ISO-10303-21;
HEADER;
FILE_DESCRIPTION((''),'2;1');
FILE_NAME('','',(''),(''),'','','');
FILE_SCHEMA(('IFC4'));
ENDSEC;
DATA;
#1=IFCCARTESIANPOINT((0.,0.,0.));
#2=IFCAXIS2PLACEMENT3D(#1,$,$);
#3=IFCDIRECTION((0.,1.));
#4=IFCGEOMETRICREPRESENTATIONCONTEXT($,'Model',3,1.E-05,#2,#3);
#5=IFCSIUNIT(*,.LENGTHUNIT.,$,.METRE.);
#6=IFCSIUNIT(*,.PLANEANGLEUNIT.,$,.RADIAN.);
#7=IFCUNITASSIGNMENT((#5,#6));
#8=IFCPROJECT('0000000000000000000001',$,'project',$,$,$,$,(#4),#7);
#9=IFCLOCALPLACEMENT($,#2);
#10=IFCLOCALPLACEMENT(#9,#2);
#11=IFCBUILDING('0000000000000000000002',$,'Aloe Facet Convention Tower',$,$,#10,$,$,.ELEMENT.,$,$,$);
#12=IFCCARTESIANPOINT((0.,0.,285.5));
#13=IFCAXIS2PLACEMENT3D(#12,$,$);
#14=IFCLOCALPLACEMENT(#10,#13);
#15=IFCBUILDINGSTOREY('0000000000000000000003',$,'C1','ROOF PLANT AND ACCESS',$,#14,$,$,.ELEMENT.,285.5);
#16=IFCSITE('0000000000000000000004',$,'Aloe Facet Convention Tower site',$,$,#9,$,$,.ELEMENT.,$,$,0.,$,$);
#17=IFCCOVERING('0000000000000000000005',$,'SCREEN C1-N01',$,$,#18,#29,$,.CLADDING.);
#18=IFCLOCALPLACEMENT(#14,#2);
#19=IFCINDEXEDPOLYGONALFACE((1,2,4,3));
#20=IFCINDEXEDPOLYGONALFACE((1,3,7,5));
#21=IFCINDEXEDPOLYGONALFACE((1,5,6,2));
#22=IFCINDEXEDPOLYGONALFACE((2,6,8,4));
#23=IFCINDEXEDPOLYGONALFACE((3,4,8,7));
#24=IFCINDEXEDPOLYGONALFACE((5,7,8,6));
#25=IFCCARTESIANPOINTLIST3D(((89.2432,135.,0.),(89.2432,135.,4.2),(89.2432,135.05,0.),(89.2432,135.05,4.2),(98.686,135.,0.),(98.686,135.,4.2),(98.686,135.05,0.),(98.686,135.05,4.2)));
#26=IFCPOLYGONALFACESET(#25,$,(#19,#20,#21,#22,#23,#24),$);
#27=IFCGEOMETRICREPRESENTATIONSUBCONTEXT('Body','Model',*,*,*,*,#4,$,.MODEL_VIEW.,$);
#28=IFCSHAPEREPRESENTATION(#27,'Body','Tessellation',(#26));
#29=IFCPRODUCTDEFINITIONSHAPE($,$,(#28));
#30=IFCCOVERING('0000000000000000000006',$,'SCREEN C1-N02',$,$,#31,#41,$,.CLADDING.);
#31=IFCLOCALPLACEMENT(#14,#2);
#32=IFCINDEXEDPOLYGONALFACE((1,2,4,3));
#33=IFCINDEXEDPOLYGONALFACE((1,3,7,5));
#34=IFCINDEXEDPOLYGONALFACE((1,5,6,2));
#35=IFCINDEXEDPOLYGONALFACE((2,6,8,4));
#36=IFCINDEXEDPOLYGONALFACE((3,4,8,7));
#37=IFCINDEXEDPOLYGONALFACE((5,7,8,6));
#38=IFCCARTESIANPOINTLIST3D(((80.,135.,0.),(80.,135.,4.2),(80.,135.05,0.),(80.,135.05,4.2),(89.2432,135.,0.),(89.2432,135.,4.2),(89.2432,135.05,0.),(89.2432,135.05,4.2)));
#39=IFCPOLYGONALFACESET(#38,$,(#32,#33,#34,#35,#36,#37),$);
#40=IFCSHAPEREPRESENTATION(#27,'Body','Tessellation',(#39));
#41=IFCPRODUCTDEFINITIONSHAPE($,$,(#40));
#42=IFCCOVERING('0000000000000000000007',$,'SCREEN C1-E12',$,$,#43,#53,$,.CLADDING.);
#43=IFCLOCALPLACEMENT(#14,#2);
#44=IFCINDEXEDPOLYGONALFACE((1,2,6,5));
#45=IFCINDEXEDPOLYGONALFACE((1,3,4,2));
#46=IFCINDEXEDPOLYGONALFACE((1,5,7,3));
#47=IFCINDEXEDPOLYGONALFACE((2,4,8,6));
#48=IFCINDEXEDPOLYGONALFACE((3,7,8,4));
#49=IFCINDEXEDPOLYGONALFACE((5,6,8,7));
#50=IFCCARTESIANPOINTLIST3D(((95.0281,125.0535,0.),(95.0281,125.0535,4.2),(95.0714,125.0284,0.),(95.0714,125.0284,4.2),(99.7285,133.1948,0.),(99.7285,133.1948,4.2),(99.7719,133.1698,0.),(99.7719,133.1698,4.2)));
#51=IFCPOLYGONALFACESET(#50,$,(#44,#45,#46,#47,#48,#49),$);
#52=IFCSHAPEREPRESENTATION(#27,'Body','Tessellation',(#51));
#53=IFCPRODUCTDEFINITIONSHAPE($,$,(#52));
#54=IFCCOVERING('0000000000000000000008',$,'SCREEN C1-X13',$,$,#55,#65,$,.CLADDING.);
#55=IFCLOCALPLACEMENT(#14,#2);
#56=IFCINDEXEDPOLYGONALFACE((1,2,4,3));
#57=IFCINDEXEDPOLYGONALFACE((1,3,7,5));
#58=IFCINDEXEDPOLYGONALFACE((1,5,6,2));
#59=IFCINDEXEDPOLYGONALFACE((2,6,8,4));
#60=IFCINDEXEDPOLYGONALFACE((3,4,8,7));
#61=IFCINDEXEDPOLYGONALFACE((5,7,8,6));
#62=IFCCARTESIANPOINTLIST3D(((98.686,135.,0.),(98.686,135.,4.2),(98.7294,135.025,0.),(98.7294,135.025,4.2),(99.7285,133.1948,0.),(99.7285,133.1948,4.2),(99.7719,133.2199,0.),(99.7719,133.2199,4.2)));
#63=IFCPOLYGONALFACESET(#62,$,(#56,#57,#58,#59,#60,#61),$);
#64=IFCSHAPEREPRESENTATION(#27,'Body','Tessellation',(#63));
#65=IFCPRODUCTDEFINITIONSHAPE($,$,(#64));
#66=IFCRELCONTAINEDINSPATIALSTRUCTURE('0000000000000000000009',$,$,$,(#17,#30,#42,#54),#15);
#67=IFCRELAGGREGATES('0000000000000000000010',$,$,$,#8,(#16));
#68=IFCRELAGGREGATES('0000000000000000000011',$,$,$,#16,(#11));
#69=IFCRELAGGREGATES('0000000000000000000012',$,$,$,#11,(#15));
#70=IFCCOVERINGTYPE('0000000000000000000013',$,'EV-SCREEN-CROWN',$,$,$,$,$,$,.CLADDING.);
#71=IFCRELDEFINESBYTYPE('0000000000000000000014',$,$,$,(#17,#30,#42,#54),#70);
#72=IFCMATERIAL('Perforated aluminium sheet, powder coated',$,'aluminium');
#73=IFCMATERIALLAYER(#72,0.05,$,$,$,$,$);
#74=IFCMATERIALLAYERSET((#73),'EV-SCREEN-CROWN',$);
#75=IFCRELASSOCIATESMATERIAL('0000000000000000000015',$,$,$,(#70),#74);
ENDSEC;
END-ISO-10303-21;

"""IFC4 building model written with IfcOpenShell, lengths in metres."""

from ifc_helpers import new_model, si_unit, direction, frame, origin, place, context, subcontext, project, spatial, polyline, outline, extrude, material, layer, layer_set, type_object, element, save


model = new_model("IFC4")

# Units and contexts
model_context = context("Model", 3, precision=1e-05, world=origin(), true_north=direction((0.0, 1.0)))
body_context = subcontext(model_context, "Body", "Model", "MODEL_VIEW")
ifc_project = project(units=[si_unit("LENGTHUNIT", "METRE"), si_unit("PLANEANGLEUNIT", "RADIAN")], contexts=[model_context])

# Site, building, storey
site_placement = place(None, origin())
site = spatial("IfcSite", under=ifc_project, at=site_placement, Name="Aloe Facet Convention Tower site", CompositionType="ELEMENT", RefElevation=0.0)
building_placement = place(site_placement, origin())
building = spatial("IfcBuilding", under=site, at=building_placement, Name="Aloe Facet Convention Tower", CompositionType="ELEMENT")
storey_placement = place(building_placement, frame((0.0, 0.0, 285.5)))
storey = spatial("IfcBuildingStorey", under=building, at=storey_placement, Name="C1", Description="ROOF PLANT AND ACCESS", CompositionType="ELEMENT", Elevation=285.5)

# Coverings
ifc_material_1 = material(Name="Perforated aluminium sheet, powder coated", Category="aluminium")
ifc_layer_1 = layer(ifc_material_1, 0.05)
ifc_layer_set_1 = layer_set([ifc_layer_1], Name="EV-SCREEN-CROWN")
covering_type = type_object("IfcCoveringType", Name="EV-SCREEN-CROWN", PredefinedType="CLADDING", material=ifc_layer_set_1)
covering_1_placement = place(storey_placement, frame((98.686, 135.0, 0.0), z_axis=(0.0, -1.0, 0.0), x_axis=(0.0, 0.0, 1.0)))
element("IfcCovering", 1, at=covering_1_placement, inside=storey, type_object=covering_type, Name="SCREEN C1-N01", PredefinedType="CLADDING", context=body_context, shape_type="SweptSolid", body=[
    extrude(outline(polyline([(0.0, 0.0), (4.2, 0.0), (4.2, 9.4429), (0.0, 9.4429), (0.0, 0.0)])), origin(), (0.0, 0.0, -1.0), 0.05),
])
covering_2_placement = place(storey_placement, frame((89.2432, 135.0, 0.0), z_axis=(0.0, -1.0, 0.0), x_axis=(0.0, 0.0, 1.0)))
element("IfcCovering", 2, at=covering_2_placement, inside=storey, type_object=covering_type, Name="SCREEN C1-N02", PredefinedType="CLADDING", context=body_context, shape_type="SweptSolid", body=[
    extrude(outline(polyline([(0.0, 0.0), (4.2, 0.0), (4.2, 9.2432), (0.0, 9.2432), (0.0, 0.0)])), origin(), (0.0, 0.0, -1.0), 0.05),
])
covering_3_placement = place(storey_placement, frame((95.0281, 125.0535, 0.0), z_axis=(-0.866024, 0.500002, 0.0), x_axis=(0.0, 0.0, 1.0)))
element("IfcCovering", 3, at=covering_3_placement, inside=storey, type_object=covering_type, Name="SCREEN C1-E12", PredefinedType="CLADDING", context=body_context, shape_type="SweptSolid", body=[
    extrude(outline(polyline([(0.0, 0.0), (4.2, 0.0), (4.2, 9.4008), (0.0, 9.4008), (0.0, 0.0)])), origin(), (0.0, 0.0, -1.0), 0.05),
])
covering_4_placement = place(storey_placement, frame((99.7285, 133.1948, 0.0), z_axis=(-0.865971, -0.500094, 0.0), x_axis=(0.0, 0.0, 1.0)))
element("IfcCovering", 4, at=covering_4_placement, inside=storey, type_object=covering_type, Name="SCREEN C1-X13", PredefinedType="CLADDING", context=body_context, shape_type="SweptSolid", body=[
    extrude(outline(polyline([(0.0, 0.0), (4.2, 0.0), (4.2, 2.0846), (0.0, 2.0846), (0.0, 0.0)])), origin(), (0.0, 0.0, -1.0), 0.05),
])

save(model, "model.ifc")
